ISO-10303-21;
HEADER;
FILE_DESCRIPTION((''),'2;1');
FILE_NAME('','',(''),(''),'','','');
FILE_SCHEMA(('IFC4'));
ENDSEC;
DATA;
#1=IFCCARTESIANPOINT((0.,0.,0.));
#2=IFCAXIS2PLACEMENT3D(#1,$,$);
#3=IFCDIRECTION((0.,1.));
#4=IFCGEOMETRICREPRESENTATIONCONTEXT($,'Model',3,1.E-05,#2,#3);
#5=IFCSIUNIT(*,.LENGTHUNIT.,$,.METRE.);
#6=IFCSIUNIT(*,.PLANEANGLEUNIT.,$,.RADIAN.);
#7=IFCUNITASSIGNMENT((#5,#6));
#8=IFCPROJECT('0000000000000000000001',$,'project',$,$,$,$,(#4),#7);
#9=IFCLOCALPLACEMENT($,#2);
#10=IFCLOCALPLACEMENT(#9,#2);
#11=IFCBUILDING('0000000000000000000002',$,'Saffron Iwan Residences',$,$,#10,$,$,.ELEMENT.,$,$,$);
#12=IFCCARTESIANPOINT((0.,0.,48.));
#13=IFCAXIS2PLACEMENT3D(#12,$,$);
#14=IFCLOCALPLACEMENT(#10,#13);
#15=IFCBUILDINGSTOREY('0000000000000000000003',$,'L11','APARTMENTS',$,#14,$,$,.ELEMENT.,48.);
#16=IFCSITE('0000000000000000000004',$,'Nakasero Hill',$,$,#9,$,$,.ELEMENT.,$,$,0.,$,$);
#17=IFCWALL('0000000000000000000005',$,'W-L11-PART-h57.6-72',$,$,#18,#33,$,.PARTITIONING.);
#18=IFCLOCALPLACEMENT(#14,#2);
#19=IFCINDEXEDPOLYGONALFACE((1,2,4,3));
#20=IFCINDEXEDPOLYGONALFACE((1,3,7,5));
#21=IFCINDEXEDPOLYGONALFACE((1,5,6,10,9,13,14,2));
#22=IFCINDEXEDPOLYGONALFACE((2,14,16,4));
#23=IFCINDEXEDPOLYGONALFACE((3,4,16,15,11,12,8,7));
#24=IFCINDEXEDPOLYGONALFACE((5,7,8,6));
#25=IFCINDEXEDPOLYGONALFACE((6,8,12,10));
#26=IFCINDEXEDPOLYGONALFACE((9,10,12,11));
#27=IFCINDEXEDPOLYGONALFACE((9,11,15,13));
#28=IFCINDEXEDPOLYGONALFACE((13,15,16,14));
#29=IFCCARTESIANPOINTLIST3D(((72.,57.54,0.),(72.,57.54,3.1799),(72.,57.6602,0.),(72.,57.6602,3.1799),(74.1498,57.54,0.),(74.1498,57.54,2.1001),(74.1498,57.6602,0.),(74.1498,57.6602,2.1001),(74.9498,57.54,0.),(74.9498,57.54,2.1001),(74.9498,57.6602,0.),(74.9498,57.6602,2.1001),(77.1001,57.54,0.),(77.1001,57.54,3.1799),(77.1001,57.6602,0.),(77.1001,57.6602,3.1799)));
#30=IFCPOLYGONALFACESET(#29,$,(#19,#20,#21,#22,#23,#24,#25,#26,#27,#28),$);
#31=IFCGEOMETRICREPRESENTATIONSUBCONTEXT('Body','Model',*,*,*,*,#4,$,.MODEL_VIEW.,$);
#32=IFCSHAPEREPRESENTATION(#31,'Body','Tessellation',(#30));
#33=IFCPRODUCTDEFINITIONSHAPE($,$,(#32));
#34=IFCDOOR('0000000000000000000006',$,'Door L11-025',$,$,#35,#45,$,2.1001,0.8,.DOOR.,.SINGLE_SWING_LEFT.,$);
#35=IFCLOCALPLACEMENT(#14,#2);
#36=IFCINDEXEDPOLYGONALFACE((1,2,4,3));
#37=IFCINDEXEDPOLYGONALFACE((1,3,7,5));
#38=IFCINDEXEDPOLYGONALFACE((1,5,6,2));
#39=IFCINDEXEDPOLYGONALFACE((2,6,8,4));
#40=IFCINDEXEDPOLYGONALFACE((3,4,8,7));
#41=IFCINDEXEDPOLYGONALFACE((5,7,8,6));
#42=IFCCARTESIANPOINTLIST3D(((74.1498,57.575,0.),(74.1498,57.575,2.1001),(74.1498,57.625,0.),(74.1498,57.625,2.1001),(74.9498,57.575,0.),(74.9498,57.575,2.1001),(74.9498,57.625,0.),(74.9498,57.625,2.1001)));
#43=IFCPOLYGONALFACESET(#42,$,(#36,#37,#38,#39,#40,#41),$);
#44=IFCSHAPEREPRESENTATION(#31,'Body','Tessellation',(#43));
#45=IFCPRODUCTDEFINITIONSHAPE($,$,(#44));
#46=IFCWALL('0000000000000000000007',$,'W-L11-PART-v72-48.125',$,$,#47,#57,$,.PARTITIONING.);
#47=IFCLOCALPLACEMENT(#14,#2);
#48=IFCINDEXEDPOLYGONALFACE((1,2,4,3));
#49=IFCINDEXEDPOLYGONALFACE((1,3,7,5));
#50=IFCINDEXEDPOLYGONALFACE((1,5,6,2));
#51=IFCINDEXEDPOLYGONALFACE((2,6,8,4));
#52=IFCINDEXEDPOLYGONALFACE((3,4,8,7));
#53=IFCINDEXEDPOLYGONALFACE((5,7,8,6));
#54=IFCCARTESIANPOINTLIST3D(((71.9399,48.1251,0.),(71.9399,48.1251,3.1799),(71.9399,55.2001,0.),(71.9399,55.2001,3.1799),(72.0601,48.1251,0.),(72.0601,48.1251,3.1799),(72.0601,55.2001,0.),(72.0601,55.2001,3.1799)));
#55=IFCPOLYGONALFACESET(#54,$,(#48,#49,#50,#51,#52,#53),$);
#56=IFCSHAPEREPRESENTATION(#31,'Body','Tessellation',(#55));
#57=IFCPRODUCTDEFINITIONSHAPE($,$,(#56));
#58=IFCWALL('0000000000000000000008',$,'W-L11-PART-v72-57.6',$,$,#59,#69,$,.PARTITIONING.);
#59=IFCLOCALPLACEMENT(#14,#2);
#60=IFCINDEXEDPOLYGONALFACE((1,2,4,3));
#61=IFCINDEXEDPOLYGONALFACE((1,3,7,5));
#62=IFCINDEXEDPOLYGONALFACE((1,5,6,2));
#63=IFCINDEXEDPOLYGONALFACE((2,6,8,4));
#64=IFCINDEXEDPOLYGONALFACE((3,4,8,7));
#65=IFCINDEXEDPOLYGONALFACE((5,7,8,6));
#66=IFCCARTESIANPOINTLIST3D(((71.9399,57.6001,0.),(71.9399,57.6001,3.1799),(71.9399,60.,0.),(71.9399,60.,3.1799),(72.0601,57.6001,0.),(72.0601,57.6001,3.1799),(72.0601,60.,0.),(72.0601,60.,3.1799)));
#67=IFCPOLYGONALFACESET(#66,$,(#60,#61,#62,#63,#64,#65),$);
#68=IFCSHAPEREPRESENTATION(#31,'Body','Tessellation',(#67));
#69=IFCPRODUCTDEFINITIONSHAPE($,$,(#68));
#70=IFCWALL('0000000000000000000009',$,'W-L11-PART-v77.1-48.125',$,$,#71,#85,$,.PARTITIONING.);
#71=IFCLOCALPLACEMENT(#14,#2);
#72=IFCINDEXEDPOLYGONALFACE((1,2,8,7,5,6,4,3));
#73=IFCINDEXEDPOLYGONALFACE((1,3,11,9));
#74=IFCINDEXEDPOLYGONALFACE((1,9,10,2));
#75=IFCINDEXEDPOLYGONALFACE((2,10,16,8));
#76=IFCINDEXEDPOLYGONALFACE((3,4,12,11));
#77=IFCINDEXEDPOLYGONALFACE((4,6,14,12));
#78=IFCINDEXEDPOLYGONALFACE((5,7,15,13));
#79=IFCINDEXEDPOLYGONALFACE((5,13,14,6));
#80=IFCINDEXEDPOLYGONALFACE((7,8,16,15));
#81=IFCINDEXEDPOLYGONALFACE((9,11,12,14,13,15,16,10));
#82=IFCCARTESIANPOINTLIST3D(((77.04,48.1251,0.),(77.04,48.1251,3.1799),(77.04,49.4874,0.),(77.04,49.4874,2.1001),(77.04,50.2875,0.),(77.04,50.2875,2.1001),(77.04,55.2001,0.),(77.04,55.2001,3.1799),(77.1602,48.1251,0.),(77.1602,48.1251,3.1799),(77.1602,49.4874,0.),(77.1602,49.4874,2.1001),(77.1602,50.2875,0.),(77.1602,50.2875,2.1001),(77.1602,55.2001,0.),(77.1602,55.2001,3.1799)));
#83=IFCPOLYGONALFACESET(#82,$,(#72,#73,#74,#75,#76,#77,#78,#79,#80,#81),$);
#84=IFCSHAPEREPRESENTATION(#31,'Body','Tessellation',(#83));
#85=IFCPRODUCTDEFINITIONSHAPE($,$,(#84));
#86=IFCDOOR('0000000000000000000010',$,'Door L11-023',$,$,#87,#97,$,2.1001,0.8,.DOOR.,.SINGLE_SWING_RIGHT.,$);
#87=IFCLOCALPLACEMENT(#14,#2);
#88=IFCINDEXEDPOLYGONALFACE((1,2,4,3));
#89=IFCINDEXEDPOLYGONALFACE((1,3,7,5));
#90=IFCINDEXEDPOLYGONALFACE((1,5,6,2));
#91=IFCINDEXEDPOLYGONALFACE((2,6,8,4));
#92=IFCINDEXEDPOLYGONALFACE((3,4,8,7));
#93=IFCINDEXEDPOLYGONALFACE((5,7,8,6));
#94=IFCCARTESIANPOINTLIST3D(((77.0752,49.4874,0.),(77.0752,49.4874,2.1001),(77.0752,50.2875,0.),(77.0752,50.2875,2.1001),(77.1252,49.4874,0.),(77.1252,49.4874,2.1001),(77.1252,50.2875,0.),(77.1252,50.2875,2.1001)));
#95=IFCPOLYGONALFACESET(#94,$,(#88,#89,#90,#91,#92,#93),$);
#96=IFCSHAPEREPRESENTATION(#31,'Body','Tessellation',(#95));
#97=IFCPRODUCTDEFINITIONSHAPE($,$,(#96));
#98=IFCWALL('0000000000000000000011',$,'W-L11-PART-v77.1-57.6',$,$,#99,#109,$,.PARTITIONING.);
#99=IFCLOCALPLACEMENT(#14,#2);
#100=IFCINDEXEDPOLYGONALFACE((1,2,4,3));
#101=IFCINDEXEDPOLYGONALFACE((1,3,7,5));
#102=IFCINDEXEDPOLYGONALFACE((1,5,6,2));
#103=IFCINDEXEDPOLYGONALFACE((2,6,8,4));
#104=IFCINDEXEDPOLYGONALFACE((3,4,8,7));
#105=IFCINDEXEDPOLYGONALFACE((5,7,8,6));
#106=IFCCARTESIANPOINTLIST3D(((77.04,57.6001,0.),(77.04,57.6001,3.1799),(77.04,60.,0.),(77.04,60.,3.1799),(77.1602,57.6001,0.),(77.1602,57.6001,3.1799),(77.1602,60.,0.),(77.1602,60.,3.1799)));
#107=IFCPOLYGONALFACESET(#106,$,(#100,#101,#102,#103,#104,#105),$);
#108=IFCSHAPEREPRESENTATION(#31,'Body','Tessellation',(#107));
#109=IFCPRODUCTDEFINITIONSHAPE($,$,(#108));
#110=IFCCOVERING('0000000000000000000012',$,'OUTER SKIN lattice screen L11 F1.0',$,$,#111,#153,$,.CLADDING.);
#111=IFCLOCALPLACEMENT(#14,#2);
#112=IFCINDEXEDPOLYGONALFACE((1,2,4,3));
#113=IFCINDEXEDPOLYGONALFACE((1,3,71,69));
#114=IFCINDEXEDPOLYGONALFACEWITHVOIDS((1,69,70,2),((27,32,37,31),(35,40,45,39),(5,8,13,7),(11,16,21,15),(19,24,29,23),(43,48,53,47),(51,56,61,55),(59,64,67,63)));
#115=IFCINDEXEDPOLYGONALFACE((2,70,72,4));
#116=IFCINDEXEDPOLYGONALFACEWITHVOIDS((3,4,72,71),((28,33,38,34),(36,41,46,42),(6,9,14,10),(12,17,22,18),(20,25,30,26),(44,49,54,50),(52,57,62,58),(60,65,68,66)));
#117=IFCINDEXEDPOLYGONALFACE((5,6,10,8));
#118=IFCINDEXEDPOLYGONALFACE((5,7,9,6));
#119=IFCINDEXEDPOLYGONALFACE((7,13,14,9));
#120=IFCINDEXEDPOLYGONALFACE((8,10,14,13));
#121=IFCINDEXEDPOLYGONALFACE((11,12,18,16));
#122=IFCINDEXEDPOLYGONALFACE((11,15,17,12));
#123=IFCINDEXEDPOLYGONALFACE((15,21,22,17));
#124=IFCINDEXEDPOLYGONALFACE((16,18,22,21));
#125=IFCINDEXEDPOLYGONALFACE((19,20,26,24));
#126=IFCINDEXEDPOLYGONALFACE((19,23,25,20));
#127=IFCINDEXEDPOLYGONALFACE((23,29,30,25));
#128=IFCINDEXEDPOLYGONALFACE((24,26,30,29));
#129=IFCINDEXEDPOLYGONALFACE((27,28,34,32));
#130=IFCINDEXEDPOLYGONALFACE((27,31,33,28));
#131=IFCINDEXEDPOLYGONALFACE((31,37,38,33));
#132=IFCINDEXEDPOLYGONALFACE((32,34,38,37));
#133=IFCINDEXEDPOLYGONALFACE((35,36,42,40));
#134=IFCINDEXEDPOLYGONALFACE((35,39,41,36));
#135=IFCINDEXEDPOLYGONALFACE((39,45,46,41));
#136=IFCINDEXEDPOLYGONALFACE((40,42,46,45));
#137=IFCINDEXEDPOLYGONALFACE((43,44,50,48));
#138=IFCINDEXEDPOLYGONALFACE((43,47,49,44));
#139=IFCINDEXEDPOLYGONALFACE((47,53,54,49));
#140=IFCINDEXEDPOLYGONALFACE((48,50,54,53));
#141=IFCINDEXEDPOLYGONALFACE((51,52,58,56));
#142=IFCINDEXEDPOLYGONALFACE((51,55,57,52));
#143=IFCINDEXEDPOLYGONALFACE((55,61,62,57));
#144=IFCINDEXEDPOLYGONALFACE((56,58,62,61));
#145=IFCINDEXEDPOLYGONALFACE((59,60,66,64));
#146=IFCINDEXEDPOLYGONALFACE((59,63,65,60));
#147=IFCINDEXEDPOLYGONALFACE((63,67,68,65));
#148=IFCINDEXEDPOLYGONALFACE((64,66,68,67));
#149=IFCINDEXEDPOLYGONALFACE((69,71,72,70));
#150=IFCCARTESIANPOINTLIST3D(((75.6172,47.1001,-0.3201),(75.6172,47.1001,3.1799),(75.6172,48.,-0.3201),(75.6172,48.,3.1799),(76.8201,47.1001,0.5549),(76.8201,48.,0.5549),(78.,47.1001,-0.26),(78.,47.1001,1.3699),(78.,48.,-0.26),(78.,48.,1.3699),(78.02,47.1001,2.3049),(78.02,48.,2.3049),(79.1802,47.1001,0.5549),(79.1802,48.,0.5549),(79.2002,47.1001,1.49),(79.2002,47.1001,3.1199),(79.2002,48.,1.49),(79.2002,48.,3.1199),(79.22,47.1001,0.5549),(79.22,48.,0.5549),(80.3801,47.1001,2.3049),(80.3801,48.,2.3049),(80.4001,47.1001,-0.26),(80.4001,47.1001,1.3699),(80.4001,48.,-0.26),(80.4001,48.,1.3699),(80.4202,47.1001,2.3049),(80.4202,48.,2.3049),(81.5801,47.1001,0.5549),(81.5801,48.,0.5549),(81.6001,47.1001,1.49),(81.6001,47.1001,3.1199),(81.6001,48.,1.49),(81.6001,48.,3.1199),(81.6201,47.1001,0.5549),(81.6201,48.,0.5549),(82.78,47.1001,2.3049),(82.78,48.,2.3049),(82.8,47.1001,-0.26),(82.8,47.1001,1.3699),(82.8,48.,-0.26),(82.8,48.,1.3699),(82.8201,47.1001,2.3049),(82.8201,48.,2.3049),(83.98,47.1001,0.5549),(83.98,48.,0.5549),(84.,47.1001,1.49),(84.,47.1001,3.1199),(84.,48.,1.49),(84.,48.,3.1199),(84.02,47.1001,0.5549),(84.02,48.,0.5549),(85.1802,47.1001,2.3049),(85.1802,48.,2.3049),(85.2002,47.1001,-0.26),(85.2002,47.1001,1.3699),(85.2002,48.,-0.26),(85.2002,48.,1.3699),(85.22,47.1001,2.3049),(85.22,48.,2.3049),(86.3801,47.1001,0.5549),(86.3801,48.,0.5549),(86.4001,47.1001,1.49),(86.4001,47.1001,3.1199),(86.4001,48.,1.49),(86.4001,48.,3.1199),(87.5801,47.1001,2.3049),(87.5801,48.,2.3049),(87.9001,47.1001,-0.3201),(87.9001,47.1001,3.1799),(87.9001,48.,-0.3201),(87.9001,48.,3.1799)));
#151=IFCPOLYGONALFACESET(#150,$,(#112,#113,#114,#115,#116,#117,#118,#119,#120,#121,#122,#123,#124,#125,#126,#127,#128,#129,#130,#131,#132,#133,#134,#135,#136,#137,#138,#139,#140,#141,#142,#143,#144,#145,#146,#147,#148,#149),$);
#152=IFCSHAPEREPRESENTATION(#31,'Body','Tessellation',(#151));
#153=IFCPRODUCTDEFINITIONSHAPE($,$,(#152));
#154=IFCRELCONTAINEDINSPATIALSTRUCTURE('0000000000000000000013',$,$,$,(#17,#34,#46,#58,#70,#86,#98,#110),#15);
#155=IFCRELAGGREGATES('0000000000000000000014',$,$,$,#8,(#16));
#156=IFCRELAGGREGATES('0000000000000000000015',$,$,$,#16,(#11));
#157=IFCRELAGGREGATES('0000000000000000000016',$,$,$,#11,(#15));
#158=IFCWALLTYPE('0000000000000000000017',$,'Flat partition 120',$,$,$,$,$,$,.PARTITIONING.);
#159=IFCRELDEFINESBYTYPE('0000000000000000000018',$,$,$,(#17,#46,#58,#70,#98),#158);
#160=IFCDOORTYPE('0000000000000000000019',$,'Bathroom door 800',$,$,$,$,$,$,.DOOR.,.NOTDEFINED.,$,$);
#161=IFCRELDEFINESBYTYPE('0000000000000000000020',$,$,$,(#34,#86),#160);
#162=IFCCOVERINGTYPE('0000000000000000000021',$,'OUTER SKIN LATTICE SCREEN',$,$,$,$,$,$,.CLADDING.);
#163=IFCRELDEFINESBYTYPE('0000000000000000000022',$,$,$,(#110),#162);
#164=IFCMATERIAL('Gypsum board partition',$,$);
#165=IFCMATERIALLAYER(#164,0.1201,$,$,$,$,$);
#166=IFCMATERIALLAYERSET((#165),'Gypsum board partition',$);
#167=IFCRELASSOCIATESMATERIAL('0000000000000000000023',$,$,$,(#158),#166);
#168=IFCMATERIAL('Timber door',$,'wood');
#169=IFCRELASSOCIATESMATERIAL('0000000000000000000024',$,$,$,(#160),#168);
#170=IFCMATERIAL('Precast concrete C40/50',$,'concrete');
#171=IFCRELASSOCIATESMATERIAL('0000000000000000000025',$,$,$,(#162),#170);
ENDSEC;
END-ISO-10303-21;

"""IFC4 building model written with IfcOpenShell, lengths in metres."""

from ifc_helpers import new_model, si_unit, direction, frame, frame_2d, origin, place, context, subcontext, project, spatial, polyline, rectangle, outline, extrude, material, layer, layer_set, type_object, element, fill, save


model = new_model("IFC4")

# Units and contexts
model_context = context("Model", 3, precision=1e-05, world=origin(), true_north=direction((0.0, 1.0)))
body_context = subcontext(model_context, "Body", "Model", "MODEL_VIEW")
ifc_project = project(units=[si_unit("LENGTHUNIT", "METRE"), si_unit("PLANEANGLEUNIT", "RADIAN")], contexts=[model_context])

# Site, building, storey
site_placement = place(None, origin())
site = spatial("IfcSite", under=ifc_project, at=site_placement, Name="Nakasero Hill", CompositionType="ELEMENT", RefElevation=0.0)
building_placement = place(site_placement, origin())
building = spatial("IfcBuilding", under=site, at=building_placement, Name="Saffron Iwan Residences", CompositionType="ELEMENT")
storey_placement = place(building_placement, frame((0.0, 0.0, 48.0)))
storey = spatial("IfcBuildingStorey", under=building, at=storey_placement, Name="L11", Description="APARTMENTS", CompositionType="ELEMENT", Elevation=48.0)

# Shared definitions
ifc_material_1 = material(Name="Gypsum board partition")
ifc_layer_1 = layer(ifc_material_1, 0.1201)
ifc_layer_set_1 = layer_set([ifc_layer_1], Name="Gypsum board partition")
wall_type_1 = type_object("IfcWallType", Name="Flat partition 120", PredefinedType="PARTITIONING", material=ifc_layer_set_1)

# Shared definitions
ifc_material_2 = material(Name="Timber door", Category="wood")

# Wall, opening, door
wall_1_placement = place(storey_placement, frame((72.0, 57.6001, 0.0), z_axis=(0.0, 0.0, 1.0), x_axis=(1.0, 0.0, 0.0)))
wall_1 = element("IfcWall", 1, at=wall_1_placement, inside=storey, type_object=wall_type_1, Name="W-L11-PART-h57.6-72", PredefinedType="PARTITIONING", context=body_context, shape_type="SweptSolid", body=[
    extrude(rectangle(XDim=5.1001, YDim=0.1201, at=frame_2d((2.55, 0.0))), origin(), (0.0, 0.0, 1.0), 3.1799),
])
opening_1_placement = place(wall_1_placement, frame((2.1499, 0.0, 0.0)))
opening_1 = element("IfcOpeningElement", 2, at=opening_1_placement, cuts=wall_1, PredefinedType="OPENING", context=body_context, shape_type="SweptSolid", body=[
    extrude(rectangle(XDim=0.8, YDim=2.1001, at=frame_2d((0.3999, 1.05))), frame((0.0, 0.0701, 0.0), z_axis=(0.0, -1.0, 0.0), x_axis=(1.0, 0.0, 0.0)), (0.0, 0.0, 1.0), 0.1401),
])
door_type_1 = type_object("IfcDoorType", Name="Bathroom door 800", OperationType="NOTDEFINED", PredefinedType="DOOR", material=ifc_material_2)
door_1_placement = place(opening_1_placement, origin())
door_1 = element("IfcDoor", 3, at=door_1_placement, inside=storey, type_object=door_type_1, Name="Door L11-025", OperationType="SINGLE_SWING_LEFT", OverallHeight=2.1001, OverallWidth=0.8, PredefinedType="DOOR", context=body_context, shape_type="SweptSolid", body=[
    extrude(rectangle(XDim=0.8, YDim=2.1001, at=frame_2d((0.3999, 1.05))), frame((0.0, 0.0249, 0.0), z_axis=(0.0, -1.0, 0.0), x_axis=(1.0, 0.0, 0.0)), (0.0, 0.0, 1.0), 0.05),
])
fill(opening_1, door_1)

# Walls
wall_2_placement = place(storey_placement, frame((72.0, 48.125, 0.0), z_axis=(0.0, 0.0, 1.0), x_axis=(0.0, 1.0, 0.0)))
element("IfcWall", 4, at=wall_2_placement, inside=storey, type_object=wall_type_1, Name="W-L11-PART-v72-48.125", PredefinedType="PARTITIONING", context=body_context, shape_type="SweptSolid", body=[
    extrude(rectangle(XDim=7.075, YDim=0.1201, at=frame_2d((3.5376, 0.0))), origin(), (0.0, 0.0, 1.0), 3.1799),
])
wall_3_placement = place(storey_placement, frame((72.0, 57.6001, 0.0), z_axis=(0.0, 0.0, 1.0), x_axis=(0.0, 1.0, 0.0)))
element("IfcWall", 5, at=wall_3_placement, inside=storey, type_object=wall_type_1, Name="W-L11-PART-v72-57.6", PredefinedType="PARTITIONING", context=body_context, shape_type="SweptSolid", body=[
    extrude(rectangle(XDim=2.3999, YDim=0.1201, at=frame_2d((1.2, 0.0))), origin(), (0.0, 0.0, 1.0), 3.1799),
])

# Wall, opening, door
wall_4_placement = place(storey_placement, frame((77.1001, 48.125, 0.0), z_axis=(0.0, 0.0, 1.0), x_axis=(0.0, 1.0, 0.0)))
wall_4 = element("IfcWall", 6, at=wall_4_placement, inside=storey, type_object=wall_type_1, Name="W-L11-PART-v77.1-48.125", PredefinedType="PARTITIONING", context=body_context, shape_type="SweptSolid", body=[
    extrude(rectangle(XDim=7.075, YDim=0.1201, at=frame_2d((3.5376, 0.0))), origin(), (0.0, 0.0, 1.0), 3.1799),
])
opening_2_placement = place(wall_4_placement, frame((1.3625, 0.0, 0.0)))
opening_2 = element("IfcOpeningElement", 7, at=opening_2_placement, cuts=wall_4, PredefinedType="OPENING", context=body_context, shape_type="SweptSolid", body=[
    extrude(rectangle(XDim=0.8, YDim=2.1001, at=frame_2d((0.3999, 1.05))), frame((0.0, 0.0701, 0.0), z_axis=(0.0, -1.0, 0.0), x_axis=(1.0, 0.0, 0.0)), (0.0, 0.0, 1.0), 0.1401),
])
door_2_placement = place(opening_2_placement, origin())
door_2 = element("IfcDoor", 8, at=door_2_placement, inside=storey, type_object=door_type_1, Name="Door L11-023", OperationType="SINGLE_SWING_RIGHT", OverallHeight=2.1001, OverallWidth=0.8, PredefinedType="DOOR", context=body_context, shape_type="SweptSolid", body=[
    extrude(rectangle(XDim=0.8, YDim=2.1001, at=frame_2d((0.3999, 1.05))), frame((0.0, 0.0249, 0.0), z_axis=(0.0, -1.0, 0.0), x_axis=(1.0, 0.0, 0.0)), (0.0, 0.0, 1.0), 0.05),
])
fill(opening_2, door_2)

# Wall
wall_5_placement = place(storey_placement, frame((77.1001, 57.6001, 0.0), z_axis=(0.0, 0.0, 1.0), x_axis=(0.0, 1.0, 0.0)))
element("IfcWall", 9, at=wall_5_placement, inside=storey, type_object=wall_type_1, Name="W-L11-PART-v77.1-57.6", PredefinedType="PARTITIONING", context=body_context, shape_type="SweptSolid", body=[
    extrude(rectangle(XDim=2.3999, YDim=0.1201, at=frame_2d((1.2, 0.0))), origin(), (0.0, 0.0, 1.0), 3.1799),
])

# Covering
ifc_material_3 = material(Name="Precast concrete C40/50", Category="concrete")
covering_type = type_object("IfcCoveringType", Name="OUTER SKIN LATTICE SCREEN", PredefinedType="CLADDING", material=ifc_material_3)
covering_placement = place(storey_placement, frame((75.6172, 48.0, -0.3201), z_axis=(0.0, -1.0, 0.0), x_axis=(1.0, 0.0, 0.0)))
element("IfcCovering", 10, at=covering_placement, inside=storey, type_object=covering_type, Name="OUTER SKIN lattice screen L11 F1.0", PredefinedType="CLADDING", context=body_context, shape_type="SweptSolid", body=[
    extrude(outline(polyline([(0.0, 0.0), (12.283, 0.0), (12.283, 3.5), (0.0, 3.5), (0.0, 0.0)]), holes=[polyline([(1.2029, 0.875), (2.3828, 0.0601), (3.563, 0.875), (2.3828, 1.6899), (1.2029, 0.875)]), polyline([(3.6028, 0.875), (4.783, 0.0601), (5.9629, 0.875), (4.783, 1.6899), (3.6028, 0.875)]), polyline([(6.0029, 0.875), (7.1829, 0.0601), (8.3628, 0.875), (7.1829, 1.6899), (6.0029, 0.875)]), polyline([(8.4028, 0.875), (9.583, 0.0601), (10.7629, 0.875), (9.583, 1.6899), (8.4028, 0.875)]), polyline([(2.4028, 2.625), (3.583, 1.8101), (4.7629, 2.625), (3.583, 3.4399), (2.4028, 2.625)]), polyline([(4.803, 2.625), (5.9829, 1.8101), (7.1628, 2.625), (5.9829, 3.4399), (4.803, 2.625)]), polyline([(7.2029, 2.625), (8.3828, 1.8101), (9.563, 2.625), (8.3828, 3.4399), (7.2029, 2.625)]), polyline([(9.6028, 2.625), (10.783, 1.8101), (11.9629, 2.625), (10.783, 3.4399), (9.6028, 2.625)])]), origin(), (0.0, 0.0, 1.0), 0.8999),
])

save(model, "model.ifc")
